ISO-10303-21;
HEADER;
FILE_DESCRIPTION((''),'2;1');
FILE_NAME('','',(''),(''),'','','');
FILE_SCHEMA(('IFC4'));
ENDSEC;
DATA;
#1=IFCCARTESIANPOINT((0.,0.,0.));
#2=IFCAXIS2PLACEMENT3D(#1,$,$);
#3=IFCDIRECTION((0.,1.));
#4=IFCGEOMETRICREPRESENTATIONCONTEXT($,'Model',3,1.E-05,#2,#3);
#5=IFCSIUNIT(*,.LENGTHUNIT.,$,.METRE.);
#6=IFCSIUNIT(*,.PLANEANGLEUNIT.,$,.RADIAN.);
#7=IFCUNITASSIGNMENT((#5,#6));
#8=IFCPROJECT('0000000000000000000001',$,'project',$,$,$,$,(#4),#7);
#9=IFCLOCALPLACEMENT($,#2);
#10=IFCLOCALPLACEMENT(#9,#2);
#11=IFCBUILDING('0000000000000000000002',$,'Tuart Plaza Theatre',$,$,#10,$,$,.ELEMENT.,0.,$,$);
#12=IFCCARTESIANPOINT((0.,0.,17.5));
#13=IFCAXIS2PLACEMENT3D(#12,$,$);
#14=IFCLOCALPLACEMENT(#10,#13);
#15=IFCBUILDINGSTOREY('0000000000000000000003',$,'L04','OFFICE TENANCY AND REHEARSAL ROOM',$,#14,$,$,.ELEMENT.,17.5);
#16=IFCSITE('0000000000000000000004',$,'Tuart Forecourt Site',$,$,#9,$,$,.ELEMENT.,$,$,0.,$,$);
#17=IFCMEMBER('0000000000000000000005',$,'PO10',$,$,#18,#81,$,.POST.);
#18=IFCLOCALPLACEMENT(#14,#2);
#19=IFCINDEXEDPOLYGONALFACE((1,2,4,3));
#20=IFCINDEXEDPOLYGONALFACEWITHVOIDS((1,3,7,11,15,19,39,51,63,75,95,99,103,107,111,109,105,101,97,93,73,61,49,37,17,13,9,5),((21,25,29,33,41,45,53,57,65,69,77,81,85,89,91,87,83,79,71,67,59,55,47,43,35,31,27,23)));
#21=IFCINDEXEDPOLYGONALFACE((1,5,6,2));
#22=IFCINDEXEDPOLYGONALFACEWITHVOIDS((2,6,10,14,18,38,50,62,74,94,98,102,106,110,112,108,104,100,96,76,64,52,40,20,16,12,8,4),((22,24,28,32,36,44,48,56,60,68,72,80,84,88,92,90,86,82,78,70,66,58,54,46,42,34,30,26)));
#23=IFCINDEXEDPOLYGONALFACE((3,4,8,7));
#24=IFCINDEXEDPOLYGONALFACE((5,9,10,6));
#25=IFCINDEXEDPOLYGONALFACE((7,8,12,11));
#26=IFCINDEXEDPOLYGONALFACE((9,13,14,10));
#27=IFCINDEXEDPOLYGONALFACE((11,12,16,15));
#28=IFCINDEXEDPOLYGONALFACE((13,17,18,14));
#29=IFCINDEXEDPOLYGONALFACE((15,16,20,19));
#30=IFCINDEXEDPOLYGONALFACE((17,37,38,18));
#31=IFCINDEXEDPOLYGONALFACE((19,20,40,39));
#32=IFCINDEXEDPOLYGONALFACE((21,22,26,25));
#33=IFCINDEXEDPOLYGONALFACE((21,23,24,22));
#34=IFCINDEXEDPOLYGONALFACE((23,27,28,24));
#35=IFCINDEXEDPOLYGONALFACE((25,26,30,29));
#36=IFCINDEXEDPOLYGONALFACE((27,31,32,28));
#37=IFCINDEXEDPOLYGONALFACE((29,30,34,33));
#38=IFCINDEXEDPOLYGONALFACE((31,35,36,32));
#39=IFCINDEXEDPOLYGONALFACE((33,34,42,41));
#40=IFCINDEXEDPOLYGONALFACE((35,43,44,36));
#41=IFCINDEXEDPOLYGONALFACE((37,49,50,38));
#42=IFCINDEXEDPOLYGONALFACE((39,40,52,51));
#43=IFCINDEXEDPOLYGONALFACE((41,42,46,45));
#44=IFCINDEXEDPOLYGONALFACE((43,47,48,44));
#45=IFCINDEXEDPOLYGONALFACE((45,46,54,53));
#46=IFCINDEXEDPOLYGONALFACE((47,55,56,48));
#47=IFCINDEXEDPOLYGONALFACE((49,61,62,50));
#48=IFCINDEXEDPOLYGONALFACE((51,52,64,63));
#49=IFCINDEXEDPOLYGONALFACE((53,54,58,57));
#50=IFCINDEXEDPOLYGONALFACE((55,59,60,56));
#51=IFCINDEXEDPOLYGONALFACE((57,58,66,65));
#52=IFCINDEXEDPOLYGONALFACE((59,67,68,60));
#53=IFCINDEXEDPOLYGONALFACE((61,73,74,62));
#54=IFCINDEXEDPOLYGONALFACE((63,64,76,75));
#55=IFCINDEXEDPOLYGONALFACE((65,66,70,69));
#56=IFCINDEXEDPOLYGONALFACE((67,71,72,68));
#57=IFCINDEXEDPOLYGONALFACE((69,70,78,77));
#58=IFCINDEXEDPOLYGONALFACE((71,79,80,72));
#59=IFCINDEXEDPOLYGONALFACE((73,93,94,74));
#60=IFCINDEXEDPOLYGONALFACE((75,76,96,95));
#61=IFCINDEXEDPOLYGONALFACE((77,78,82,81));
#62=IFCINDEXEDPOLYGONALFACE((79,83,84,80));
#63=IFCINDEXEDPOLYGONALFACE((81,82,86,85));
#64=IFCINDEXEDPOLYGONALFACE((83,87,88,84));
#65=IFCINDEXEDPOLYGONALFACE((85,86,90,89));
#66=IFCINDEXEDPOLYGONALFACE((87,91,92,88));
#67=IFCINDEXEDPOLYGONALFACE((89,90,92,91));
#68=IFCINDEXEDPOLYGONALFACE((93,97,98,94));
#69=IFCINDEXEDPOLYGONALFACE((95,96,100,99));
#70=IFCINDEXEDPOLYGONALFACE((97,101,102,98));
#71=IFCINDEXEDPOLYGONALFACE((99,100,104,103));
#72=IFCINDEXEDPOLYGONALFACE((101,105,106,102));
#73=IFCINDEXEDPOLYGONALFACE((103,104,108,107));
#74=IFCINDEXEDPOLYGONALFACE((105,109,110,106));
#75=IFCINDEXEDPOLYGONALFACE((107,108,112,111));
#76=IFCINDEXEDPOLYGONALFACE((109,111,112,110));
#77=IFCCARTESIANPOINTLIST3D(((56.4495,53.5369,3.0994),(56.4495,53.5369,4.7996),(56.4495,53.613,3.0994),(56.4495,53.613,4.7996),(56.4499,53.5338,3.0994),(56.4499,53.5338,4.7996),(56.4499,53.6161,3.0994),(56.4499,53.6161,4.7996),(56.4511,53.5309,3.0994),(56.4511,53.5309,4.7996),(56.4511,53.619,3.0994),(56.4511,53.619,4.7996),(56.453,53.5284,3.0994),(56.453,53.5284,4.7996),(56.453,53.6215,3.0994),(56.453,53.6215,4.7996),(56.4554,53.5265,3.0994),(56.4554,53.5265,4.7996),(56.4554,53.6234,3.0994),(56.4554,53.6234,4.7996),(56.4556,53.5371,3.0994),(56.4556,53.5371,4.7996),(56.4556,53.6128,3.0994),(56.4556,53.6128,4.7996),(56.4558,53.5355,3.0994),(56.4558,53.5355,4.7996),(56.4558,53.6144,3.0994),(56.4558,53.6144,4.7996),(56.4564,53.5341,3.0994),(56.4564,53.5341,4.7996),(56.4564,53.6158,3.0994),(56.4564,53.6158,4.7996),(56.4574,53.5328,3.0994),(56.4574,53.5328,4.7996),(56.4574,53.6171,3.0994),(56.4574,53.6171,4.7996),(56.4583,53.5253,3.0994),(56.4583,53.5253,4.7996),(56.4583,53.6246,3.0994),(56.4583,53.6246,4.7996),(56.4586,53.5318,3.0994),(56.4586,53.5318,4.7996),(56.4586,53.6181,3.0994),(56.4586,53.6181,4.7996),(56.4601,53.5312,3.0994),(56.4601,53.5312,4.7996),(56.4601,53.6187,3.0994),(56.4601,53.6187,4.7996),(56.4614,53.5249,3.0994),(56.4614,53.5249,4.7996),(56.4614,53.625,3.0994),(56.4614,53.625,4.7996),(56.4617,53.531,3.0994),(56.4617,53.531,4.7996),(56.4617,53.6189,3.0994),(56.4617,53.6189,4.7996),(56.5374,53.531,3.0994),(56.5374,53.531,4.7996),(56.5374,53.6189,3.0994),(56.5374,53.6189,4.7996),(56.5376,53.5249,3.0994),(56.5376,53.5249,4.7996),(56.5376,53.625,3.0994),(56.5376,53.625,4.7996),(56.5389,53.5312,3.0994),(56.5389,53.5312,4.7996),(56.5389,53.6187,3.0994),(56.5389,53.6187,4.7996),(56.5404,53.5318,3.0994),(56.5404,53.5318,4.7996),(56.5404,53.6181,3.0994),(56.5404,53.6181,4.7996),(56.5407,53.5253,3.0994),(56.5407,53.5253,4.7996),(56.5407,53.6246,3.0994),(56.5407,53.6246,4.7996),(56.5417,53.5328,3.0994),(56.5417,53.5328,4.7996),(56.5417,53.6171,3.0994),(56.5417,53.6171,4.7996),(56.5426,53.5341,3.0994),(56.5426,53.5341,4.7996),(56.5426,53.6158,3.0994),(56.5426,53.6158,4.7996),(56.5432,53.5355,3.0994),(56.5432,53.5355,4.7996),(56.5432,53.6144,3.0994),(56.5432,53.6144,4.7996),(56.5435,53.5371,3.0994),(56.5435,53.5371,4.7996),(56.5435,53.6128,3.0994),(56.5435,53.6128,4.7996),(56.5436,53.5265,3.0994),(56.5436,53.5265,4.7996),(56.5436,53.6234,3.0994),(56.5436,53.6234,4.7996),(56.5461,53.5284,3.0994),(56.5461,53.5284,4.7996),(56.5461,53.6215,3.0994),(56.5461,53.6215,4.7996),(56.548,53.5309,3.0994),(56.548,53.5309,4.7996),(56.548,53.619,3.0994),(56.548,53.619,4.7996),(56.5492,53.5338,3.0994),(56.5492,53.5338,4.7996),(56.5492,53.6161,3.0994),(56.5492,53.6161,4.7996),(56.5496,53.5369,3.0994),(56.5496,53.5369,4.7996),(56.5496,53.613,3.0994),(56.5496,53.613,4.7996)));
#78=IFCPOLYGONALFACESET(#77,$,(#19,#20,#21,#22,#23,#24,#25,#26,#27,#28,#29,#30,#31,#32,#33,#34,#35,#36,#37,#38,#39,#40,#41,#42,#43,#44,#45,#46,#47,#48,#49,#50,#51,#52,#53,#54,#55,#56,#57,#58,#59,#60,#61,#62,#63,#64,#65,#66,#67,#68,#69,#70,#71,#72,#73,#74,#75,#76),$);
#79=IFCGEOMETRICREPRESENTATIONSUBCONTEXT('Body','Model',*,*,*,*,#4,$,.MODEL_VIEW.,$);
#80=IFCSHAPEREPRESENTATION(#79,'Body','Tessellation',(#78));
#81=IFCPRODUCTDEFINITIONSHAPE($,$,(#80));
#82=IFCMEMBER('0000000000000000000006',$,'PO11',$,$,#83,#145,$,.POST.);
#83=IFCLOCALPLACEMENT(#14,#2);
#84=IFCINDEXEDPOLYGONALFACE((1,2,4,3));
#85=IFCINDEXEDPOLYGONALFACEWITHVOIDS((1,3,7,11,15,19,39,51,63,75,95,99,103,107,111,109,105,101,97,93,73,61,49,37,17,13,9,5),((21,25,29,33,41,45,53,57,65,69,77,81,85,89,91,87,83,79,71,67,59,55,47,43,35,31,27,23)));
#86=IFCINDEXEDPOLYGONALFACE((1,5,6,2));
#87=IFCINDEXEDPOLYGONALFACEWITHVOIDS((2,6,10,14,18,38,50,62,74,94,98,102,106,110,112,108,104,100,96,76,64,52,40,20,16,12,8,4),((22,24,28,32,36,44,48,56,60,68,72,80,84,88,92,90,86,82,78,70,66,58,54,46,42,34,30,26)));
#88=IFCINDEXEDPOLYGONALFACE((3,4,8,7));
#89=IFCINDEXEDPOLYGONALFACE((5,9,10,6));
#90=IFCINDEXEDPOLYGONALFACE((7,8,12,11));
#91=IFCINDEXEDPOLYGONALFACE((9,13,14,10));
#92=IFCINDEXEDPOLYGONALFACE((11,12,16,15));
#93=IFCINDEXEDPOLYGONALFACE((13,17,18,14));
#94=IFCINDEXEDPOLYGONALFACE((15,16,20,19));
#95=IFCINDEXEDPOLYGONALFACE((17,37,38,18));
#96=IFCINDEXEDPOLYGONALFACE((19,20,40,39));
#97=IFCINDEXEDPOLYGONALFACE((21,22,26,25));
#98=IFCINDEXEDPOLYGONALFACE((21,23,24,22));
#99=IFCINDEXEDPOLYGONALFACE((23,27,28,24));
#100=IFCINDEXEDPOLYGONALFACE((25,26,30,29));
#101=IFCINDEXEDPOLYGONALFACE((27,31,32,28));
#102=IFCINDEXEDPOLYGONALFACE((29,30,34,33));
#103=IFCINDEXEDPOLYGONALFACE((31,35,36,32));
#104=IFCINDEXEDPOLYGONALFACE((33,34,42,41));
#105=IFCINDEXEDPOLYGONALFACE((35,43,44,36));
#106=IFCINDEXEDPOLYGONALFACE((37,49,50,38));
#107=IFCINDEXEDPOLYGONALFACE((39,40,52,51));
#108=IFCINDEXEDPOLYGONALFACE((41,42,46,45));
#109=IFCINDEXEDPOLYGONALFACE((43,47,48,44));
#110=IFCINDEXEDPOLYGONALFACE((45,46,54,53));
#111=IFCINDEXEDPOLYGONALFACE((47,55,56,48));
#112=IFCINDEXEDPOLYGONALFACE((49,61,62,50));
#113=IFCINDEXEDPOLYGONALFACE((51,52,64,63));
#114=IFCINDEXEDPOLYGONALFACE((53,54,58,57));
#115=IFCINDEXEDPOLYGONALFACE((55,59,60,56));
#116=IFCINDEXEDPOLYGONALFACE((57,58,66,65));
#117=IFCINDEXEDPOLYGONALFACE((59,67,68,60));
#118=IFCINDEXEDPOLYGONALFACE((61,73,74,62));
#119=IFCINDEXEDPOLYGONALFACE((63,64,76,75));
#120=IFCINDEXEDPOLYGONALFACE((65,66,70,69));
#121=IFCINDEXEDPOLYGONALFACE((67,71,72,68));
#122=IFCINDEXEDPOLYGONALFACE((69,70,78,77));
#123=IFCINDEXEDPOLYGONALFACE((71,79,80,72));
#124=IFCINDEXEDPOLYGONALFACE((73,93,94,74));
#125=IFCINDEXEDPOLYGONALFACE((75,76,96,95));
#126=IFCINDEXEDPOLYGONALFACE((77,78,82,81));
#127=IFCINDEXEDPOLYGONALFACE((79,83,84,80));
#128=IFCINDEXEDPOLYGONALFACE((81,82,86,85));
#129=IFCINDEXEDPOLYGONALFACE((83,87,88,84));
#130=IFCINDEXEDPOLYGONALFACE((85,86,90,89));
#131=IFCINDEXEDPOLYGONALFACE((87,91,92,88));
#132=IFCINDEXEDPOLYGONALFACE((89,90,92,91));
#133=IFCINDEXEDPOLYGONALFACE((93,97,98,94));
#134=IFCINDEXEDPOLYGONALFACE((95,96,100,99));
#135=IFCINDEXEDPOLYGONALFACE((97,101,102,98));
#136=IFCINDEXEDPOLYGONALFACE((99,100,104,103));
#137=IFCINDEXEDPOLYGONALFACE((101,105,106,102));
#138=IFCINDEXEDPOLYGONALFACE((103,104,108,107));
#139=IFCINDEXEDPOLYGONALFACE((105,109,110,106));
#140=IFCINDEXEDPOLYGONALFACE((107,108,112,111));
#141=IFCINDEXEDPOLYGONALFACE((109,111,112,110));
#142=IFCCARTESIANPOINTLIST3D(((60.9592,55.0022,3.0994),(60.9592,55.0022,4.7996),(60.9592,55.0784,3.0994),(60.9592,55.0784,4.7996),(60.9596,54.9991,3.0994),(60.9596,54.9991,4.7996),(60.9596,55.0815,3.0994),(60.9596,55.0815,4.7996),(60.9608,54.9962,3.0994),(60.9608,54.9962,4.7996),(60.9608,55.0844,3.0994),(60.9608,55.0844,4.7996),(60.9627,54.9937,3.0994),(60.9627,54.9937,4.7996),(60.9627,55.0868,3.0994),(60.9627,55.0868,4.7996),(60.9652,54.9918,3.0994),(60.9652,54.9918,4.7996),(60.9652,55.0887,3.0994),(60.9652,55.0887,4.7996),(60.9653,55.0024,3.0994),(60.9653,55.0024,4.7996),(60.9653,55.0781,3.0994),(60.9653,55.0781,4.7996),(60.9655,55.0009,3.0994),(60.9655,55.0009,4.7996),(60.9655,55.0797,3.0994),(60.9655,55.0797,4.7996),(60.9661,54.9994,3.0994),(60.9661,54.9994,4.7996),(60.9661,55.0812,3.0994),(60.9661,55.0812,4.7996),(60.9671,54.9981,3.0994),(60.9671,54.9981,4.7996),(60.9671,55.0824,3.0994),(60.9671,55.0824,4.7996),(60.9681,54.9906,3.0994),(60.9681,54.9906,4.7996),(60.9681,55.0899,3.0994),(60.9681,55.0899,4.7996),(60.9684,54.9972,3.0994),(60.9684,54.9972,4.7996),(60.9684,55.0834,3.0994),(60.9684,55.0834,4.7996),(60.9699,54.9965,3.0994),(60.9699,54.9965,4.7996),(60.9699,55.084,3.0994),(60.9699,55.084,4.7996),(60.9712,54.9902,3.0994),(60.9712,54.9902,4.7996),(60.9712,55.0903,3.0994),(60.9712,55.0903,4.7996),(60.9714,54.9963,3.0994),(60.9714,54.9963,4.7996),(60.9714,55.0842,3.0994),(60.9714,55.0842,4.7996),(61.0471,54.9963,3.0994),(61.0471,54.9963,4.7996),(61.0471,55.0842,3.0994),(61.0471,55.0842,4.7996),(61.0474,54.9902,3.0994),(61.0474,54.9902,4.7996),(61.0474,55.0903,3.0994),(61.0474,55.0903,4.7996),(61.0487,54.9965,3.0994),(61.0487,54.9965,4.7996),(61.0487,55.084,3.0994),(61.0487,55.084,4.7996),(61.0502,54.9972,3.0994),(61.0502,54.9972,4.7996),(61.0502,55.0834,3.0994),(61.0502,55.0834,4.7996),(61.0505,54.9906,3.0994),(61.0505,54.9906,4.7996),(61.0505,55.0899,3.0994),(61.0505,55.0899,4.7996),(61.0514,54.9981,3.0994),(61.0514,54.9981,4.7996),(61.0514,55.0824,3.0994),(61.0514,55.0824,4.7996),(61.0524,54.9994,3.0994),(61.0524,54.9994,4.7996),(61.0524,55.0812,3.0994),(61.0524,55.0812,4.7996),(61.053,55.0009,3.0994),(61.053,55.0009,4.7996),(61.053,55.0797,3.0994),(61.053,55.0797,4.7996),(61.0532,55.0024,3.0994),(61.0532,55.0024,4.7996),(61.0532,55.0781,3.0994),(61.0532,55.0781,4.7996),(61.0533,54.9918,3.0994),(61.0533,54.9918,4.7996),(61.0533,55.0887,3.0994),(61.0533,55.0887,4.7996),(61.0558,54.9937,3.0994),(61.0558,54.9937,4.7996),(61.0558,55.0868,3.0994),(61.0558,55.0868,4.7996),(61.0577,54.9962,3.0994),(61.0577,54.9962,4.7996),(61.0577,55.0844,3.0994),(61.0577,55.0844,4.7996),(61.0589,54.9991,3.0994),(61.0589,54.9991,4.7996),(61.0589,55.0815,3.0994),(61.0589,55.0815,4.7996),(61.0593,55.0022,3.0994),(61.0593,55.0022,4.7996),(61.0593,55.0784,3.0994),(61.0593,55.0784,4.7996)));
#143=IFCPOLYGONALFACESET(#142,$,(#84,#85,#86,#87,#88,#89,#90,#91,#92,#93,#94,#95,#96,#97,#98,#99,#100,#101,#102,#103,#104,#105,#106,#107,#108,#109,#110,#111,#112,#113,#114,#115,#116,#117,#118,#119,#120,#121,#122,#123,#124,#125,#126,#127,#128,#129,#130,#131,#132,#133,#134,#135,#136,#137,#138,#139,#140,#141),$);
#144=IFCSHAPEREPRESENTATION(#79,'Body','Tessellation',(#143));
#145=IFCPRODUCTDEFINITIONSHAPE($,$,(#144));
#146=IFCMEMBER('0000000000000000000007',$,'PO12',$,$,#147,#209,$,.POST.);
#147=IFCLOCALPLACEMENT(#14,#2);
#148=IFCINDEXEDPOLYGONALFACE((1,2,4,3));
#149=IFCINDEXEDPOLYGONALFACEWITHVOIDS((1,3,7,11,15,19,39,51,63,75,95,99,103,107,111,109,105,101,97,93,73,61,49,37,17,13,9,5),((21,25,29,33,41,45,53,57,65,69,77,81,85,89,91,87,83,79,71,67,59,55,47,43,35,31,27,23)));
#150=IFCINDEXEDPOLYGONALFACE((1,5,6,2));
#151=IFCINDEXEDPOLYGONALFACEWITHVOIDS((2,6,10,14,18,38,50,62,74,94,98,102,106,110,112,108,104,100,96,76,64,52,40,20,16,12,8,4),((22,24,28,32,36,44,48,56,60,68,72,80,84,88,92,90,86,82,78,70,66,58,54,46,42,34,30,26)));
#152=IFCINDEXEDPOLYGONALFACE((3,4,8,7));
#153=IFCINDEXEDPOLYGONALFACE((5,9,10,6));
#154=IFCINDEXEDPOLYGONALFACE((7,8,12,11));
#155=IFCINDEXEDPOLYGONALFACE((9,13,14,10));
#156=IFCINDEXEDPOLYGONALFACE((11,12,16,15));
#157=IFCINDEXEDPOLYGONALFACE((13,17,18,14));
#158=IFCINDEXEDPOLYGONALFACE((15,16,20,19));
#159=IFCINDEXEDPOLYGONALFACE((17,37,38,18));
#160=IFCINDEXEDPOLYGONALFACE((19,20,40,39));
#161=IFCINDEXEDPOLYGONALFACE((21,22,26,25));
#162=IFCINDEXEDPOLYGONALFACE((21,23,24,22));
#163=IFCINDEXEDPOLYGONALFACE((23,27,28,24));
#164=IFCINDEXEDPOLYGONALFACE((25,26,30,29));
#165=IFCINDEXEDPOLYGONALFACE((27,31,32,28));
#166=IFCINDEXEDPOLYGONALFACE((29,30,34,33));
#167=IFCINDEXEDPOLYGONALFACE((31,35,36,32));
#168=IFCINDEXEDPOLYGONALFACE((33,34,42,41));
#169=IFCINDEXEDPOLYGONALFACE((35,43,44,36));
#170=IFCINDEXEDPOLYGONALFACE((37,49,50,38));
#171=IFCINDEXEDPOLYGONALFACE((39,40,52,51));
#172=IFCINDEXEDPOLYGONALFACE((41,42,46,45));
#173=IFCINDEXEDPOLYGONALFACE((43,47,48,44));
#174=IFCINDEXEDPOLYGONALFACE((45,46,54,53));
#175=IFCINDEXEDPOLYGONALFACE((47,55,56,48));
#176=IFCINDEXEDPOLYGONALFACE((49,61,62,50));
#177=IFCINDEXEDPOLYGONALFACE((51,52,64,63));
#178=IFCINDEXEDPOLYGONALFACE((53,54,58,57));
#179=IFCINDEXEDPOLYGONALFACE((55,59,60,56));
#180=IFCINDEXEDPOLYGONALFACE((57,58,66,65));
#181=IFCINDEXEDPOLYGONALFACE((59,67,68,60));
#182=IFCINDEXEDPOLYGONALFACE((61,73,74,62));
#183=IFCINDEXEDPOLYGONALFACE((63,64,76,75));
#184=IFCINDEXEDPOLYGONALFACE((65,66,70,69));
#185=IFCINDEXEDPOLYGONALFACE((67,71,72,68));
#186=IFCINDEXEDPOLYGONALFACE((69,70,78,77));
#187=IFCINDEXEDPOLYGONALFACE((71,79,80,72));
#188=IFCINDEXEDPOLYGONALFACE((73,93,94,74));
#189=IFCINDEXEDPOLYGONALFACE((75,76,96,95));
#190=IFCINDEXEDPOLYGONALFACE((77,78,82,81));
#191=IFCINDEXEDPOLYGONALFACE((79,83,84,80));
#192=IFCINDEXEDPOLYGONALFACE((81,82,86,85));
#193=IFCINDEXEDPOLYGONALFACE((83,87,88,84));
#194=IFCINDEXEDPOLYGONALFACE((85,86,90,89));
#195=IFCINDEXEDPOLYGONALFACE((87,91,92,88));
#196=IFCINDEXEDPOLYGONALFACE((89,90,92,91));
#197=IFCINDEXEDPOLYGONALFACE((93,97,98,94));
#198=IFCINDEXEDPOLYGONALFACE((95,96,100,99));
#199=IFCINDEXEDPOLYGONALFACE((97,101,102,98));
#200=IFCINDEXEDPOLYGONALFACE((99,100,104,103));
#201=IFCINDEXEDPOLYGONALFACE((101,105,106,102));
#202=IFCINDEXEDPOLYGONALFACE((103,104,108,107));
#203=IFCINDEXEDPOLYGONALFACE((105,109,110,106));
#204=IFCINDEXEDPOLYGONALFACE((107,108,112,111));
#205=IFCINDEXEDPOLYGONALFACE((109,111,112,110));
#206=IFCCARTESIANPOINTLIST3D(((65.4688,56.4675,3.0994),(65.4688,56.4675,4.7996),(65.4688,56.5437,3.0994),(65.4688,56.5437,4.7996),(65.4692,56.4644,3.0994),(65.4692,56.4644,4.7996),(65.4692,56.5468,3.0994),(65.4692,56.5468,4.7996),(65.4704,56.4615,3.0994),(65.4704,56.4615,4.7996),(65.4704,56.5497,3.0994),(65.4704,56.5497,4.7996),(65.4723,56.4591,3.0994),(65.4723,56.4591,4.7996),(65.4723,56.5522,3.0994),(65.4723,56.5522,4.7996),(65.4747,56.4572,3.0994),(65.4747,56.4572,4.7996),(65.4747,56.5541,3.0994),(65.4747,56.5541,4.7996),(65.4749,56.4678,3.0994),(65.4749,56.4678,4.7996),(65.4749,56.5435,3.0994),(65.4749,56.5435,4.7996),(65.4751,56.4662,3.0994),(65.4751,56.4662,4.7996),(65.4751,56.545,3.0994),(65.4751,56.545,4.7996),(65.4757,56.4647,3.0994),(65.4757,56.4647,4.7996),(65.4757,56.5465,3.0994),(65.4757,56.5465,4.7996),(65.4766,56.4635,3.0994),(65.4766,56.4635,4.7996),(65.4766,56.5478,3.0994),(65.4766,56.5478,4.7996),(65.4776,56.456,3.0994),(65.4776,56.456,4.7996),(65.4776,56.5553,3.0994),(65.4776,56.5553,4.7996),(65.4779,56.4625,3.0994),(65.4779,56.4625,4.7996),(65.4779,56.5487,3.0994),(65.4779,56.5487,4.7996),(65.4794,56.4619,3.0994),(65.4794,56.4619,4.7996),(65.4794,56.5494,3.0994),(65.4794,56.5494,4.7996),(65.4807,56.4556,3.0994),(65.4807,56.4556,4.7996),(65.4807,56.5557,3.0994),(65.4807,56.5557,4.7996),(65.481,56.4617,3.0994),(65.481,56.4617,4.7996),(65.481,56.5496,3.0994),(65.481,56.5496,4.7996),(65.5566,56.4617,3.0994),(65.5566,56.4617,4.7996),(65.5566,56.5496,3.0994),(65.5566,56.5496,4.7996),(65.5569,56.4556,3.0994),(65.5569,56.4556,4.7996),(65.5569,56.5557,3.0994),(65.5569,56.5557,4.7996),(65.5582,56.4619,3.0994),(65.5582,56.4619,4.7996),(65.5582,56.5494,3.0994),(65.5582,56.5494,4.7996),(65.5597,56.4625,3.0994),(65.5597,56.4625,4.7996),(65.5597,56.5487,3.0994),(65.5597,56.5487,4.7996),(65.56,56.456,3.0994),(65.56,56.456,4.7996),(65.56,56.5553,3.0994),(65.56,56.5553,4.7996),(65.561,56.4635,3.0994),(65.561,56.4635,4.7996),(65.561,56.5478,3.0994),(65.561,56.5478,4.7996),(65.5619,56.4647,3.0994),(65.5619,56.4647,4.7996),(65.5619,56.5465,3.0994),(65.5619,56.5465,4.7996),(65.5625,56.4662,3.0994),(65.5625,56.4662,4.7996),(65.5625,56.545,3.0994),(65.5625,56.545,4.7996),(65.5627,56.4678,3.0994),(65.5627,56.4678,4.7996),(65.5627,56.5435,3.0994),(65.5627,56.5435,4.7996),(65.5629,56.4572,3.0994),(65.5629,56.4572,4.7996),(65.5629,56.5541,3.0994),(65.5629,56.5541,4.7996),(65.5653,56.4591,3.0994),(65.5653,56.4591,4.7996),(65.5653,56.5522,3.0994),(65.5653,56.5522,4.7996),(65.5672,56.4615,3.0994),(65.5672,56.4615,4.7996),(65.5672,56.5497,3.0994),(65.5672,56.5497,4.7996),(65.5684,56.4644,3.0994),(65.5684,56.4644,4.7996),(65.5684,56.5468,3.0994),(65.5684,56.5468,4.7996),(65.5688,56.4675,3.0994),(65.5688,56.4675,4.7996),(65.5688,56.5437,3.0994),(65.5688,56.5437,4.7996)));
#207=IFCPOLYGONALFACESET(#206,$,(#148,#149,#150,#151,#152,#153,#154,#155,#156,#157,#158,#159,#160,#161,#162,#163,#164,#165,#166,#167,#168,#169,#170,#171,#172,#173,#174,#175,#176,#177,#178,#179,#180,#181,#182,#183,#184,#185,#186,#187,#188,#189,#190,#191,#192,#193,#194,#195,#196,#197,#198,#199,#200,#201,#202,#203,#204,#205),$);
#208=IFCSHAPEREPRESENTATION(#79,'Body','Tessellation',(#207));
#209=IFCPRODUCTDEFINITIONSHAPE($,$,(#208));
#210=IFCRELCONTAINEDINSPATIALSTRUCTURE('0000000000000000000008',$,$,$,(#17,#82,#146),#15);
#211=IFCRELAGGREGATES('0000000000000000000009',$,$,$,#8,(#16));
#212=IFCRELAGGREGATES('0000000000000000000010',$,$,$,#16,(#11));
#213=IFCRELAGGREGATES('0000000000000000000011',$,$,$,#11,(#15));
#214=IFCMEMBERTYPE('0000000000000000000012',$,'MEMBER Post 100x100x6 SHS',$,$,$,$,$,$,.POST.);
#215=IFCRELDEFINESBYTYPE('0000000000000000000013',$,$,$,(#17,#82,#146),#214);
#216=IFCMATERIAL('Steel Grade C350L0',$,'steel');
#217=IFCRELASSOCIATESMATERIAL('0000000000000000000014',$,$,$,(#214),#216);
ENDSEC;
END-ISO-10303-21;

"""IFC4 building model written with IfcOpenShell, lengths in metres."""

from ifc_helpers import new_model, si_unit, direction, frame, origin, origin_2d, place, context, subcontext, project, spatial, hollow_rectangle, extrude, material, material_profile, profile_set, type_object, element, save


model = new_model("IFC4")

# Units and contexts
model_context = context("Model", 3, precision=1e-05, world=origin(), true_north=direction((0.0, 1.0)))
body_context = subcontext(model_context, "Body", "Model", "MODEL_VIEW")
ifc_project = project(units=[si_unit("LENGTHUNIT", "METRE"), si_unit("PLANEANGLEUNIT", "RADIAN")], contexts=[model_context])

# Site, building, storey
site_placement = place(None, origin())
site = spatial("IfcSite", under=ifc_project, at=site_placement, Name="Tuart Forecourt Site", CompositionType="ELEMENT", RefElevation=0.0)
building_placement = place(site_placement, origin())
building = spatial("IfcBuilding", under=site, at=building_placement, Name="Tuart Plaza Theatre", CompositionType="ELEMENT", ElevationOfRefHeight=0.0)
storey_placement = place(building_placement, frame((0.0, 0.0, 17.5)))
storey = spatial("IfcBuildingStorey", under=building, at=storey_placement, Name="L04", Description="OFFICE TENANCY AND REHEARSAL ROOM", CompositionType="ELEMENT", Elevation=17.5)

# Members
ifc_material_1 = material(Name="Steel Grade C350L0", Category="steel")
ifc_material_profile_1 = material_profile(ifc_material_1, hollow_rectangle(XDim=0.1001, YDim=0.1001, WallThickness=0.0061, InnerFilletRadius=0.0061, OuterFilletRadius=0.012, at=origin_2d()), Name="100x100x6 SHS")
ifc_profile_set_1 = profile_set([ifc_material_profile_1], Name="Steel Grade C350L0")
member_type_1 = type_object("IfcMemberType", Name="MEMBER Post 100x100x6 SHS", PredefinedType="POST", material=ifc_profile_set_1)
for number, where, z_axis, x_axis, name in (
    (1, (56.4995, 53.575, 3.0994), (0.0, 0.0, 1.0), (1.0, 0.0, 0.0), "PO10"),
    (2, (61.0093, 55.0403, 3.0994), (0.0, 0.0, 1.0), (1.0, 0.0, 0.0), "PO11"),
    (3, (65.5188, 56.5056, 3.0994), (0.0, 0.0, 1.0), (1.0, 0.0, 0.0), "PO12"),
):
    element("IfcMember", number, at=place(storey_placement, frame(where, z_axis=z_axis, x_axis=x_axis)), inside=storey, type_object=member_type_1, Name=name, PredefinedType="POST", context=body_context, shape_type="SweptSolid", body=[
        extrude(hollow_rectangle(XDim=0.1001, YDim=0.1001, WallThickness=0.0061, InnerFilletRadius=0.0061, OuterFilletRadius=0.012, at=origin_2d()), origin(), (0.0, 0.0, 1.0), 1.7002),
    ])

save(model, "model.ifc")
